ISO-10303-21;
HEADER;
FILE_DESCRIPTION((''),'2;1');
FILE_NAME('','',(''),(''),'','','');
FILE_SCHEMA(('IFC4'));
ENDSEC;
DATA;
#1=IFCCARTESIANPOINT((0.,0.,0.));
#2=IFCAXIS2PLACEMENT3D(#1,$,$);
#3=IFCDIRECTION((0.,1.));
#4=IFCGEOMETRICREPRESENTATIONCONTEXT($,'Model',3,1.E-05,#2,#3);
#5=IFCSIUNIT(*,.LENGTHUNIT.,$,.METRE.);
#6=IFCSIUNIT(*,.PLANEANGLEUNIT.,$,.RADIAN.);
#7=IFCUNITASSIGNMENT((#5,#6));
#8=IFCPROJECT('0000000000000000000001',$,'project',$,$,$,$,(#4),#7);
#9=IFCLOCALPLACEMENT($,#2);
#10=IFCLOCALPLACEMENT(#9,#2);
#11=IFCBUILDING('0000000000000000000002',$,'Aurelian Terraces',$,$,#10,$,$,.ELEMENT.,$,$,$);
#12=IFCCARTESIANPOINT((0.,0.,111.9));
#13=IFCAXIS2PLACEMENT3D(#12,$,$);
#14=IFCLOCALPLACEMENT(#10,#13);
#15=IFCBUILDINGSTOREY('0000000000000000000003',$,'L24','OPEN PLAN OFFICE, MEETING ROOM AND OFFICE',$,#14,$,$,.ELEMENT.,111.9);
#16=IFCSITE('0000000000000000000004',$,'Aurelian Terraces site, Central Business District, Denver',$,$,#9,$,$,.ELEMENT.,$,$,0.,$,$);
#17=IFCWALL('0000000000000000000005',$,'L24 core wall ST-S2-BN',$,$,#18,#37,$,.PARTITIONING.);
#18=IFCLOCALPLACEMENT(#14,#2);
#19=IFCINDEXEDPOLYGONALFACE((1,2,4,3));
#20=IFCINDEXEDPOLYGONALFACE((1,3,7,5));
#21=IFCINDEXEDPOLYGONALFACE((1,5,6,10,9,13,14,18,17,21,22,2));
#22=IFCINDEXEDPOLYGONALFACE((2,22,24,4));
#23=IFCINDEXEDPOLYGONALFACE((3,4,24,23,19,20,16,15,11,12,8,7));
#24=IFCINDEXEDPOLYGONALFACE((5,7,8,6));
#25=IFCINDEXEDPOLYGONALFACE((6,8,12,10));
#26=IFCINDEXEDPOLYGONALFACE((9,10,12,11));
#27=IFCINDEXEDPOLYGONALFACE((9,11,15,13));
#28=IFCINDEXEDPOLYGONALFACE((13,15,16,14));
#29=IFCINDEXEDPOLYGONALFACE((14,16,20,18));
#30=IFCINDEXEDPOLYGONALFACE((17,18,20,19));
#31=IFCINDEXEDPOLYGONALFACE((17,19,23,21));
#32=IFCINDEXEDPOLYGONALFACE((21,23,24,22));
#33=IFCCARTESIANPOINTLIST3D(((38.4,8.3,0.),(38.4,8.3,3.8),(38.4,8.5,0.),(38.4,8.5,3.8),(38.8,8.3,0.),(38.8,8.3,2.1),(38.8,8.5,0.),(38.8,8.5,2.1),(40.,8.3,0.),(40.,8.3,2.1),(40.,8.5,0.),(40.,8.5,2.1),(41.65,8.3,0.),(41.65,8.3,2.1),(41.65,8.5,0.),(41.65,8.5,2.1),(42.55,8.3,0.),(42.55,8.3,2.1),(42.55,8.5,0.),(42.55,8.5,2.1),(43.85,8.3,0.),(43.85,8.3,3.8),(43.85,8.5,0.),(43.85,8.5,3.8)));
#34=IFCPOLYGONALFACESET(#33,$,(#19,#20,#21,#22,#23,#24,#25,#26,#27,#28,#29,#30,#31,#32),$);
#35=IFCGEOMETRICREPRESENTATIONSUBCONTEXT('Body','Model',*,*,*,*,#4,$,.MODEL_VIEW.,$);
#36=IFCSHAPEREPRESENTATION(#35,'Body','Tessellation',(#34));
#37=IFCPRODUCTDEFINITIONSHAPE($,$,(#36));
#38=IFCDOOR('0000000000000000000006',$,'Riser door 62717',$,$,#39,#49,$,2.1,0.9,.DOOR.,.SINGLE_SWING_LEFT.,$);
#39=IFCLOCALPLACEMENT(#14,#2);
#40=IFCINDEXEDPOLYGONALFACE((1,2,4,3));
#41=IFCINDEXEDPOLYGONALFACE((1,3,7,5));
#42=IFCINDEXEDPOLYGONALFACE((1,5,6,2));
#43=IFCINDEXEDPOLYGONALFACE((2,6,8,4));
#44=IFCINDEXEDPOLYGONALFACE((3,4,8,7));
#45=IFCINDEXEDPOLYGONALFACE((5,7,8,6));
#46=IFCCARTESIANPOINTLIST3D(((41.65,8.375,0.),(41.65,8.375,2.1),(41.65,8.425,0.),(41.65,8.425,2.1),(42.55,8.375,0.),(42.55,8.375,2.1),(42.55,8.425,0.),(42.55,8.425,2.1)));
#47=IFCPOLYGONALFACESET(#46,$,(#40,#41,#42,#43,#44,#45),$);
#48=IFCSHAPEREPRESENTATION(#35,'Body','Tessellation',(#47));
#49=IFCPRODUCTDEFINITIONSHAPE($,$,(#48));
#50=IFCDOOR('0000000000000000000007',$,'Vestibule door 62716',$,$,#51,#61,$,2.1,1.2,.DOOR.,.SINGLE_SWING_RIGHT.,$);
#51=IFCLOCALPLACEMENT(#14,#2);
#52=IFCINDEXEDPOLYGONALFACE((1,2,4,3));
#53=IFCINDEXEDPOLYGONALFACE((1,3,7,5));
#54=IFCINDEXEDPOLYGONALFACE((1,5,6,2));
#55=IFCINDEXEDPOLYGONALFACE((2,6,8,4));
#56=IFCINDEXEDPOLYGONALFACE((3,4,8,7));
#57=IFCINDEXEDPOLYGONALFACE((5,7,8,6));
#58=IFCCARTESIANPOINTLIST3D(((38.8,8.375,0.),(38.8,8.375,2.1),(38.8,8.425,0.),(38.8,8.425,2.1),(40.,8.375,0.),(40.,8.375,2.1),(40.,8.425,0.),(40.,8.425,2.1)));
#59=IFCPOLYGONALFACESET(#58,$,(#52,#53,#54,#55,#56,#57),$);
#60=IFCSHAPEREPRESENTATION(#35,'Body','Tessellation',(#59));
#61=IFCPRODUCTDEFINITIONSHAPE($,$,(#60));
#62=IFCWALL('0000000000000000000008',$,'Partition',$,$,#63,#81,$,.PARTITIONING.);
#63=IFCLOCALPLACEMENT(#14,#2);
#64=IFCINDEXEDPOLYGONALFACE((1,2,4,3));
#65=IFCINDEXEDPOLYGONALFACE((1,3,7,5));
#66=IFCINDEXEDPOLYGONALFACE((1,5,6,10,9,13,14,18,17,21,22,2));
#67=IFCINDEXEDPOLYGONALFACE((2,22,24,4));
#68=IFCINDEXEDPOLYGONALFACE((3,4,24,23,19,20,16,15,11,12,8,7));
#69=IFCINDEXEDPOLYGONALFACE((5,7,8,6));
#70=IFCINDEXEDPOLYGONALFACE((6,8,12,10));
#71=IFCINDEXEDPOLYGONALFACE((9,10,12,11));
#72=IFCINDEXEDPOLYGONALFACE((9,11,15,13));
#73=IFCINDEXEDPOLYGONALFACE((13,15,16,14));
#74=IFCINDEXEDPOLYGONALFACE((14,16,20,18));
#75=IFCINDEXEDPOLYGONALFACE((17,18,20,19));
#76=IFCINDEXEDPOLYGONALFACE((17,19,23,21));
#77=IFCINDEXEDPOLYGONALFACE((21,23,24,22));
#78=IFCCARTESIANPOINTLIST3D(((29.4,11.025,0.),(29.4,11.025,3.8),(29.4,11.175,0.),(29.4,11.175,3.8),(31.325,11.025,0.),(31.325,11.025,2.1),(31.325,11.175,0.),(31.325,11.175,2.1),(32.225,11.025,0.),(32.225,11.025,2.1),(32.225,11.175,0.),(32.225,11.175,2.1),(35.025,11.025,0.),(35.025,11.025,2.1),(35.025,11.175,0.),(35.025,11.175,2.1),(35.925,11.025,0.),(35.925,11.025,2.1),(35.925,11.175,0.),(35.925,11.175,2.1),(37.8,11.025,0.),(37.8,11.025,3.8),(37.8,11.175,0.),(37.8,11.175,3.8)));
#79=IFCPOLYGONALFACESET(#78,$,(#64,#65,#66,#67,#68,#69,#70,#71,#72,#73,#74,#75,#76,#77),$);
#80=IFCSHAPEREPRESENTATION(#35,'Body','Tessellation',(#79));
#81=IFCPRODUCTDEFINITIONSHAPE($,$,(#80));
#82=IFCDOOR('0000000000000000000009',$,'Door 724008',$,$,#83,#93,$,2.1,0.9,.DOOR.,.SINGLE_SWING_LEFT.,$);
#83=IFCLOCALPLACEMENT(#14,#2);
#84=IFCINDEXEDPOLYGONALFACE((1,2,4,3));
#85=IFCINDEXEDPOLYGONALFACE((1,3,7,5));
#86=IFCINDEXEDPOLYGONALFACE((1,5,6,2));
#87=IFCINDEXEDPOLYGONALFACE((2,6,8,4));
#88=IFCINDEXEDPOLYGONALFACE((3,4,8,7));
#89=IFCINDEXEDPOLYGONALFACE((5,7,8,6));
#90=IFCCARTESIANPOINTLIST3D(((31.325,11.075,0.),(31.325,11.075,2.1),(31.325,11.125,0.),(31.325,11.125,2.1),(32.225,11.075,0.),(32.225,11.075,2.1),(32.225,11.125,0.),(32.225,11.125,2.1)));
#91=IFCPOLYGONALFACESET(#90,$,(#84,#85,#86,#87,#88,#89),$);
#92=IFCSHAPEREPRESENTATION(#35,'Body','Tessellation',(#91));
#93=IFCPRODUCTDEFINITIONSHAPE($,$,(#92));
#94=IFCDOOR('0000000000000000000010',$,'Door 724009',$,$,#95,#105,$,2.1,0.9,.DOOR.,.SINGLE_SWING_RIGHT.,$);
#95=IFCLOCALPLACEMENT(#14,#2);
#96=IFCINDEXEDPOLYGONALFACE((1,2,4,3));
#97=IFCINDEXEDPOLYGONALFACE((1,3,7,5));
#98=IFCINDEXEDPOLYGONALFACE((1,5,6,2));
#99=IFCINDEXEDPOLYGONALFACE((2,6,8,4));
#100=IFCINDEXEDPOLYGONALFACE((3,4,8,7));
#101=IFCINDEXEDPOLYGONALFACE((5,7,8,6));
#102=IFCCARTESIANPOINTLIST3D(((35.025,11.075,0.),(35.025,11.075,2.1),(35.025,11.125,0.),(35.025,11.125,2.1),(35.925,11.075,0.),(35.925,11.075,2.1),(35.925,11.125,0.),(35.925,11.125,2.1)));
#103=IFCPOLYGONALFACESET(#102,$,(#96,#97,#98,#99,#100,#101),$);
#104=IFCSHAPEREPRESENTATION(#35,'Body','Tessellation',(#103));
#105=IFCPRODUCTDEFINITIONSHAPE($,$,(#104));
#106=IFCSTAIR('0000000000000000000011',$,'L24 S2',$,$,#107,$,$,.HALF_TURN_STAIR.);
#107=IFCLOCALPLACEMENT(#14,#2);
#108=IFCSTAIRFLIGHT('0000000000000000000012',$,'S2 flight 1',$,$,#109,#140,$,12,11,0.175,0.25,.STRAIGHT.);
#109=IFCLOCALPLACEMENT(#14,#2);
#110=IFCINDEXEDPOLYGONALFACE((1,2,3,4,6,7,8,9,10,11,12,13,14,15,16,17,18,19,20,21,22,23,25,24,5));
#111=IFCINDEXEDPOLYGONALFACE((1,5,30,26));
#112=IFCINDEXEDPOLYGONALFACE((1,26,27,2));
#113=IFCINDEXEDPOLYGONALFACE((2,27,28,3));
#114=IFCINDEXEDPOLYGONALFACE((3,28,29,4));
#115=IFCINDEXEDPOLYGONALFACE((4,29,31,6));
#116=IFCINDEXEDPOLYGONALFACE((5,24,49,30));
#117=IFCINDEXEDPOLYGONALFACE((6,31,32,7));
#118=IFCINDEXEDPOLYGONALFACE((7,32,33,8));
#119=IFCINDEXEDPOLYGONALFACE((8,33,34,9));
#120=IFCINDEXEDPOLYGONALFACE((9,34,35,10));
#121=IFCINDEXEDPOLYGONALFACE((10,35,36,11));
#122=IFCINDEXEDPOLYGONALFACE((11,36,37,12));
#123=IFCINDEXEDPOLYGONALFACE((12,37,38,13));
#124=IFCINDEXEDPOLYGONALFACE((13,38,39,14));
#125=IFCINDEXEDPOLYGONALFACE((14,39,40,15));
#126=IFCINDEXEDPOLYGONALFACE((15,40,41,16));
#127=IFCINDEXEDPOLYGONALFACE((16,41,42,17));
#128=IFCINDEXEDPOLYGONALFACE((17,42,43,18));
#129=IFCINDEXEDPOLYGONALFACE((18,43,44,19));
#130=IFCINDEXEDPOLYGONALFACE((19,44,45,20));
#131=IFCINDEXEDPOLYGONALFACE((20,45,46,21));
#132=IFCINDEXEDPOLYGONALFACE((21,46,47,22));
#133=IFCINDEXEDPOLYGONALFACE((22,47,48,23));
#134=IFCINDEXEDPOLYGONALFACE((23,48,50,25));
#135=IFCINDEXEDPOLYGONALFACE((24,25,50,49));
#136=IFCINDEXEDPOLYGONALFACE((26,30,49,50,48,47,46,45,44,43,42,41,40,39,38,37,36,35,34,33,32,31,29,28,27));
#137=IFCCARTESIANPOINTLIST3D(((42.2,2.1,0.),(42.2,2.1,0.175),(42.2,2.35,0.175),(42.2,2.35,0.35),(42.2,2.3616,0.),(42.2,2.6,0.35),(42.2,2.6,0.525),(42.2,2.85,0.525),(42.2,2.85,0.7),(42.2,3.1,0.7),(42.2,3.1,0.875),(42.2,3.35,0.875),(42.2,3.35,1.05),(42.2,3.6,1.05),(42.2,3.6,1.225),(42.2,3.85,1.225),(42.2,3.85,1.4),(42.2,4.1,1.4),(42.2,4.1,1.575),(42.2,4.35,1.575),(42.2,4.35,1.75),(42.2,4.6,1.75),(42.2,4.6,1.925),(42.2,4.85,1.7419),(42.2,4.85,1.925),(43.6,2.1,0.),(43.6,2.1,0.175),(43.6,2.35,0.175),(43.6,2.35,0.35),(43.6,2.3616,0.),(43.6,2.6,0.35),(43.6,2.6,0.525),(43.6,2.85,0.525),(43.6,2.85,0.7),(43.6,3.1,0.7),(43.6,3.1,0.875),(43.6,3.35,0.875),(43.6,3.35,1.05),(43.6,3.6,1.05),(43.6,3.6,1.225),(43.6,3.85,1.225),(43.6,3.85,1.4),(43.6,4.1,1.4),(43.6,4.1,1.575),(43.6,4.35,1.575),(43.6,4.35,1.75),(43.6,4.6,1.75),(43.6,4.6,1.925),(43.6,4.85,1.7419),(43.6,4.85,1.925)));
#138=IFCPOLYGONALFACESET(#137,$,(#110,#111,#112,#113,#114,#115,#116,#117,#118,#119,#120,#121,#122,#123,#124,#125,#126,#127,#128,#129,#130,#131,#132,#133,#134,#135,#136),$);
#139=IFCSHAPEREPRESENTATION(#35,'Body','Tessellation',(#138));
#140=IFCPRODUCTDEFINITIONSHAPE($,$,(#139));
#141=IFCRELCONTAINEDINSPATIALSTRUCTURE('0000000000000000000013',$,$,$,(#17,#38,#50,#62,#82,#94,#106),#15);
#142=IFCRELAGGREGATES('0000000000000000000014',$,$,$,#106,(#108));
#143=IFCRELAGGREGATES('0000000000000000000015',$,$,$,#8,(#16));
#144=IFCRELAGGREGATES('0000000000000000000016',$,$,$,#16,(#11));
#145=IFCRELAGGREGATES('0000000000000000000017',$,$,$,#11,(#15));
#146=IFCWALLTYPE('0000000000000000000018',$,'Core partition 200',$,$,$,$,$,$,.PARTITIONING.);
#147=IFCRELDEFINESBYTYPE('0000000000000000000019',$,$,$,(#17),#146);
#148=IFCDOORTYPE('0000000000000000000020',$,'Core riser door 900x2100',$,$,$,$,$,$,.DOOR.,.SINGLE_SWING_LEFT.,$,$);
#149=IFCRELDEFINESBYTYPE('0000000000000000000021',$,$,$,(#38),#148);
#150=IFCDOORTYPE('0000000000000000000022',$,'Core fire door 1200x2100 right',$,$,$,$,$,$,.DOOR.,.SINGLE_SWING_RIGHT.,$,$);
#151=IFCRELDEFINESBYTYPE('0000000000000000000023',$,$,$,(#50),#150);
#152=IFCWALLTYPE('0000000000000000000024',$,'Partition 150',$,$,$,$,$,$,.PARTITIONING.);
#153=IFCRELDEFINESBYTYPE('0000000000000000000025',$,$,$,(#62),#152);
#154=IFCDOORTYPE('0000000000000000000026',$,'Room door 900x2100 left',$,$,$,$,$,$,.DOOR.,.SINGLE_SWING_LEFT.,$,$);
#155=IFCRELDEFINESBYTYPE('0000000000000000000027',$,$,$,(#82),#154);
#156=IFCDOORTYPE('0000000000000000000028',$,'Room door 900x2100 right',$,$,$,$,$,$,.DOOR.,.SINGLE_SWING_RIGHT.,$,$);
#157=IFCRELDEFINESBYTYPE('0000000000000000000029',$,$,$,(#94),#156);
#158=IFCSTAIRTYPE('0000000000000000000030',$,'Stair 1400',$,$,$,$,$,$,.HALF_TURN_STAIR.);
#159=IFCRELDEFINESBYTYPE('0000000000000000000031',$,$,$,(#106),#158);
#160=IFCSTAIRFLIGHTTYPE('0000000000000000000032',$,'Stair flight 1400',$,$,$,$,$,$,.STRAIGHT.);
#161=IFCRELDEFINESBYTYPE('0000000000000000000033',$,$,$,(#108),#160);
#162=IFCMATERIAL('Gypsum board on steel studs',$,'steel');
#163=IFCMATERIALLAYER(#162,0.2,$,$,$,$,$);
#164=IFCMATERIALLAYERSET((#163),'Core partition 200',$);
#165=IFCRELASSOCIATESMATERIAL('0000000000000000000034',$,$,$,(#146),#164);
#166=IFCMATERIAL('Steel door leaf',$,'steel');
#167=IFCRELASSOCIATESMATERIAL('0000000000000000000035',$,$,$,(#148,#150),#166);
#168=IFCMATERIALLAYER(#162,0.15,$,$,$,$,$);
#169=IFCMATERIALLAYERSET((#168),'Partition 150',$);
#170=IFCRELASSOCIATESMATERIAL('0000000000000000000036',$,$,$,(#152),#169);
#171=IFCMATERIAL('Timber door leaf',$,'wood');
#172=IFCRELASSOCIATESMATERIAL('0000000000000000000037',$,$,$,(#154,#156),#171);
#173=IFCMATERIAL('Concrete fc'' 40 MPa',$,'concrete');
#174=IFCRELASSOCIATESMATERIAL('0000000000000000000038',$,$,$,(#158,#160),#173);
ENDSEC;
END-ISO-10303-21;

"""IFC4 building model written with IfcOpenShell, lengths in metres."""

from ifc_helpers import new_model, si_unit, direction, frame, frame_2d, origin, place, context, subcontext, project, spatial, polyline, rectangle, outline, extrude, source, transform, mapped, material, layer, layer_set, type_object, element, fill, aggregate, save


model = new_model("IFC4")

# Units and contexts
model_context = context("Model", 3, precision=1e-05, world=origin(), true_north=direction((0.0, 1.0)))
body_context = subcontext(model_context, "Body", "Model", "MODEL_VIEW")
ifc_project = project(units=[si_unit("LENGTHUNIT", "METRE"), si_unit("PLANEANGLEUNIT", "RADIAN")], contexts=[model_context])

# Site, building, storey
site_placement = place(None, origin())
site = spatial("IfcSite", under=ifc_project, at=site_placement, Name="Aurelian Terraces site, Central Business District, Denver", CompositionType="ELEMENT", RefElevation=0.0)
building_placement = place(site_placement, origin())
building = spatial("IfcBuilding", under=site, at=building_placement, Name="Aurelian Terraces", CompositionType="ELEMENT")
storey_placement = place(building_placement, frame((0.0, 0.0, 111.9)))
storey = spatial("IfcBuildingStorey", under=building, at=storey_placement, Name="L24", Description="OPEN PLAN OFFICE, MEETING ROOM AND OFFICE", CompositionType="ELEMENT", Elevation=111.9)

# Shared definitions
ifc_material_1 = material(Name="Concrete fc' 40 MPa", Category="concrete")

# Shared definitions
ifc_material_2 = material(Name="Steel door leaf", Category="steel")

# Shared definitions
ifc_material_3 = material(Name="Gypsum board on steel studs", Category="steel")
ifc_layer_1 = layer(ifc_material_3, 0.2)
ifc_layer_set_1 = layer_set([ifc_layer_1], Name="Core partition 200")
wall_type_1 = type_object("IfcWallType", Name="Core partition 200", PredefinedType="PARTITIONING", material=ifc_layer_set_1)

# Walls, openings, doors
shared_shape_1 = source(origin(), body_context, "Body", "SweptSolid", [
    extrude(rectangle(XDim=5.45, YDim=0.2, at=frame_2d((2.725, 0.0))), origin(), (0.0, 0.0, 1.0), 3.8),
])
wall_1_placement = place(storey_placement, frame((38.4, 8.4, 0.0), z_axis=(0.0, 0.0, 1.0), x_axis=(1.0, 0.0, 0.0)))
wall_1 = element("IfcWall", 1, at=wall_1_placement, inside=storey, type_object=wall_type_1, Name="L24 core wall ST-S2-BN", PredefinedType="PARTITIONING", context=body_context, shape_type="MappedRepresentation", body=[
    mapped(shared_shape_1, transform((0.0, 0.0, 0.0), scale=1.0)),
])
shared_shape_2 = source(origin(), body_context, "Body", "SweptSolid", [
    extrude(rectangle(XDim=1.2, YDim=2.1, at=frame_2d((0.6, 1.05))), frame((0.0, 0.11, 0.0), z_axis=(0.0, -1.0, 0.0), x_axis=(1.0, 0.0, 0.0)), (0.0, 0.0, 1.0), 0.22),
])
opening_1_placement = place(wall_1_placement, frame((0.4, 0.0, 0.0)))
opening_1 = element("IfcOpeningElement", 2, at=opening_1_placement, cuts=wall_1, PredefinedType="OPENING", context=body_context, shape_type="MappedRepresentation", body=[
    mapped(shared_shape_2, transform((0.0, 0.0, 0.0), scale=1.0)),
])
shared_shape_3 = source(origin(), body_context, "Body", "SweptSolid", [
    extrude(rectangle(XDim=0.9, YDim=2.1, at=frame_2d((0.45, 1.05))), frame((0.0, 0.11, 0.0), z_axis=(0.0, -1.0, 0.0), x_axis=(1.0, 0.0, 0.0)), (0.0, 0.0, 1.0), 0.22),
])
opening_2_placement = place(wall_1_placement, frame((3.25, 0.0, 0.0)))
opening_2 = element("IfcOpeningElement", 3, at=opening_2_placement, cuts=wall_1, PredefinedType="OPENING", context=body_context, shape_type="MappedRepresentation", body=[
    mapped(shared_shape_3, transform((0.0, 0.0, 0.0), scale=1.0)),
])
door_type_1 = type_object("IfcDoorType", Name="Core riser door 900x2100", OperationType="SINGLE_SWING_LEFT", PredefinedType="DOOR", material=ifc_material_2)
shared_shape_4 = source(origin(), body_context, "Body", "SweptSolid", [
    extrude(rectangle(XDim=0.9, YDim=2.1, at=frame_2d((0.45, 1.05))), frame((0.0, 0.025, 0.0), z_axis=(0.0, -1.0, 0.0), x_axis=(1.0, 0.0, 0.0)), (0.0, 0.0, 1.0), 0.05),
])
door_1_placement = place(opening_2_placement, origin())
door_1 = element("IfcDoor", 4, at=door_1_placement, inside=storey, type_object=door_type_1, Name="Riser door 62717", OperationType="SINGLE_SWING_LEFT", OverallHeight=2.1, OverallWidth=0.9, PredefinedType="DOOR", context=body_context, shape_type="MappedRepresentation", body=[
    mapped(shared_shape_4, transform((0.0, 0.0, 0.0), scale=1.0)),
])
fill(opening_2, door_1)
door_type_2 = type_object("IfcDoorType", Name="Core fire door 1200x2100 right", OperationType="SINGLE_SWING_RIGHT", PredefinedType="DOOR", material=ifc_material_2)
shared_shape_5 = source(origin(), body_context, "Body", "SweptSolid", [
    extrude(rectangle(XDim=1.2, YDim=2.1, at=frame_2d((0.6, 1.05))), frame((0.0, 0.025, 0.0), z_axis=(0.0, -1.0, 0.0), x_axis=(1.0, 0.0, 0.0)), (0.0, 0.0, 1.0), 0.05),
])
door_2_placement = place(opening_1_placement, origin())
door_2 = element("IfcDoor", 5, at=door_2_placement, inside=storey, type_object=door_type_2, Name="Vestibule door 62716", OperationType="SINGLE_SWING_RIGHT", OverallHeight=2.1, OverallWidth=1.2, PredefinedType="DOOR", context=body_context, shape_type="MappedRepresentation", body=[
    mapped(shared_shape_5, transform((0.0, 0.0, 0.0), scale=1.0)),
])
fill(opening_1, door_2)
ifc_layer_2 = layer(ifc_material_3, 0.15)
ifc_layer_set_2 = layer_set([ifc_layer_2], Name="Partition 150")
wall_type_2 = type_object("IfcWallType", Name="Partition 150", PredefinedType="PARTITIONING", material=ifc_layer_set_2)
shared_shape_6 = source(origin(), body_context, "Body", "SweptSolid", [
    extrude(rectangle(XDim=8.4, YDim=0.15, at=frame_2d((4.2, 0.0))), origin(), (0.0, 0.0, 1.0), 3.8),
])
wall_2_placement = place(storey_placement, frame((37.8, 11.1, 0.0), z_axis=(0.0, 0.0, 1.0), x_axis=(-1.0, 0.0, 0.0)))
wall_2 = element("IfcWall", 6, at=wall_2_placement, inside=storey, type_object=wall_type_2, Name="Partition", PredefinedType="PARTITIONING", context=body_context, shape_type="MappedRepresentation", body=[
    mapped(shared_shape_6, transform((0.0, 0.0, 0.0), scale=1.0)),
])
shared_shape_7 = source(origin(), body_context, "Body", "SweptSolid", [
    extrude(rectangle(XDim=0.9, YDim=2.1, at=frame_2d((0.45, 1.05))), frame((0.0, 0.085, 0.0), z_axis=(0.0, -1.0, 0.0), x_axis=(1.0, 0.0, 0.0)), (0.0, 0.0, 1.0), 0.17),
])
opening_3_placement = place(wall_2_placement, frame((5.575, 0.0, 0.0)))
opening_3 = element("IfcOpeningElement", 7, at=opening_3_placement, cuts=wall_2, PredefinedType="OPENING", context=body_context, shape_type="MappedRepresentation", body=[
    mapped(shared_shape_7, transform((0.0, 0.0, 0.0), scale=1.0)),
])
opening_4_placement = place(wall_2_placement, frame((1.875, 0.0, 0.0)))
opening_4 = element("IfcOpeningElement", 8, at=opening_4_placement, cuts=wall_2, PredefinedType="OPENING", context=body_context, shape_type="MappedRepresentation", body=[
    mapped(shared_shape_7, transform((0.0, 0.0, 0.0), scale=1.0)),
])
ifc_material_4 = material(Name="Timber door leaf", Category="wood")
door_type_3 = type_object("IfcDoorType", Name="Room door 900x2100 left", OperationType="SINGLE_SWING_LEFT", PredefinedType="DOOR", material=ifc_material_4)
door_3_placement = place(opening_3_placement, origin())
door_3 = element("IfcDoor", 9, at=door_3_placement, inside=storey, type_object=door_type_3, Name="Door 724008", OperationType="SINGLE_SWING_LEFT", OverallHeight=2.1, OverallWidth=0.9, PredefinedType="DOOR", context=body_context, shape_type="MappedRepresentation", body=[
    mapped(shared_shape_4, transform((0.0, 0.0, 0.0), scale=1.0)),
])
fill(opening_3, door_3)
door_type_4 = type_object("IfcDoorType", Name="Room door 900x2100 right", OperationType="SINGLE_SWING_RIGHT", PredefinedType="DOOR", material=ifc_material_4)
door_4_placement = place(opening_4_placement, origin())
door_4 = element("IfcDoor", 10, at=door_4_placement, inside=storey, type_object=door_type_4, Name="Door 724009", OperationType="SINGLE_SWING_RIGHT", OverallHeight=2.1, OverallWidth=0.9, PredefinedType="DOOR", context=body_context, shape_type="MappedRepresentation", body=[
    mapped(shared_shape_4, transform((0.0, 0.0, 0.0), scale=1.0)),
])
fill(opening_4, door_4)

# Stair, stair flight
stair_type = type_object("IfcStairType", Name="Stair 1400", PredefinedType="HALF_TURN_STAIR", material=ifc_material_1)
stair_placement = place(storey_placement, origin())
stair = element("IfcStair", 11, at=stair_placement, inside=storey, type_object=stair_type, Name="L24 S2", PredefinedType="HALF_TURN_STAIR")
stair_flight_type = type_object("IfcStairFlightType", Name="Stair flight 1400", PredefinedType="STRAIGHT", material=ifc_material_1)
shared_shape_8 = source(origin(), body_context, "Body", "SweptSolid", [
    extrude(outline(polyline([(0.0, 0.0), (0.0, 0.175), (0.25, 0.175), (0.25, 0.35), (0.5, 0.35), (0.5, 0.525), (0.75, 0.525), (0.75, 0.7), (1.0, 0.7), (1.0, 0.875), (1.25, 0.875), (1.25, 1.05), (1.5, 1.05), (1.5, 1.225), (1.75, 1.225), (1.75, 1.4), (2.0, 1.4), (2.0, 1.575), (2.25, 1.575), (2.25, 1.75), (2.5, 1.75), (2.5, 1.925), (2.75, 1.925), (2.75, 2.1), (2.75, 1.7419), (0.2616, 0.0), (0.0, 0.0)])), frame((0.0, 0.7, 0.0), z_axis=(0.0, -1.0, 0.0), x_axis=(1.0, 0.0, 0.0)), (0.0, 0.0, 1.0), 1.4),
])
stair_flight_1_placement = place(storey_placement, frame((42.9, 2.1, 0.0), z_axis=(0.0, 0.0, 1.0), x_axis=(0.0, 1.0, 0.0)))
stair_flight_1 = element("IfcStairFlight", 12, at=stair_flight_1_placement, type_object=stair_flight_type, Name="S2 flight 1", NumberOfRisers=12, NumberOfTreads=11, PredefinedType="STRAIGHT", RiserHeight=0.175, TreadLength=0.25, context=body_context, shape_type="MappedRepresentation", body=[
    mapped(shared_shape_8, transform((0.0, 0.0, 0.0), scale=1.0)),
])
aggregate(stair, [stair_flight_1])

save(model, "model.ifc")
